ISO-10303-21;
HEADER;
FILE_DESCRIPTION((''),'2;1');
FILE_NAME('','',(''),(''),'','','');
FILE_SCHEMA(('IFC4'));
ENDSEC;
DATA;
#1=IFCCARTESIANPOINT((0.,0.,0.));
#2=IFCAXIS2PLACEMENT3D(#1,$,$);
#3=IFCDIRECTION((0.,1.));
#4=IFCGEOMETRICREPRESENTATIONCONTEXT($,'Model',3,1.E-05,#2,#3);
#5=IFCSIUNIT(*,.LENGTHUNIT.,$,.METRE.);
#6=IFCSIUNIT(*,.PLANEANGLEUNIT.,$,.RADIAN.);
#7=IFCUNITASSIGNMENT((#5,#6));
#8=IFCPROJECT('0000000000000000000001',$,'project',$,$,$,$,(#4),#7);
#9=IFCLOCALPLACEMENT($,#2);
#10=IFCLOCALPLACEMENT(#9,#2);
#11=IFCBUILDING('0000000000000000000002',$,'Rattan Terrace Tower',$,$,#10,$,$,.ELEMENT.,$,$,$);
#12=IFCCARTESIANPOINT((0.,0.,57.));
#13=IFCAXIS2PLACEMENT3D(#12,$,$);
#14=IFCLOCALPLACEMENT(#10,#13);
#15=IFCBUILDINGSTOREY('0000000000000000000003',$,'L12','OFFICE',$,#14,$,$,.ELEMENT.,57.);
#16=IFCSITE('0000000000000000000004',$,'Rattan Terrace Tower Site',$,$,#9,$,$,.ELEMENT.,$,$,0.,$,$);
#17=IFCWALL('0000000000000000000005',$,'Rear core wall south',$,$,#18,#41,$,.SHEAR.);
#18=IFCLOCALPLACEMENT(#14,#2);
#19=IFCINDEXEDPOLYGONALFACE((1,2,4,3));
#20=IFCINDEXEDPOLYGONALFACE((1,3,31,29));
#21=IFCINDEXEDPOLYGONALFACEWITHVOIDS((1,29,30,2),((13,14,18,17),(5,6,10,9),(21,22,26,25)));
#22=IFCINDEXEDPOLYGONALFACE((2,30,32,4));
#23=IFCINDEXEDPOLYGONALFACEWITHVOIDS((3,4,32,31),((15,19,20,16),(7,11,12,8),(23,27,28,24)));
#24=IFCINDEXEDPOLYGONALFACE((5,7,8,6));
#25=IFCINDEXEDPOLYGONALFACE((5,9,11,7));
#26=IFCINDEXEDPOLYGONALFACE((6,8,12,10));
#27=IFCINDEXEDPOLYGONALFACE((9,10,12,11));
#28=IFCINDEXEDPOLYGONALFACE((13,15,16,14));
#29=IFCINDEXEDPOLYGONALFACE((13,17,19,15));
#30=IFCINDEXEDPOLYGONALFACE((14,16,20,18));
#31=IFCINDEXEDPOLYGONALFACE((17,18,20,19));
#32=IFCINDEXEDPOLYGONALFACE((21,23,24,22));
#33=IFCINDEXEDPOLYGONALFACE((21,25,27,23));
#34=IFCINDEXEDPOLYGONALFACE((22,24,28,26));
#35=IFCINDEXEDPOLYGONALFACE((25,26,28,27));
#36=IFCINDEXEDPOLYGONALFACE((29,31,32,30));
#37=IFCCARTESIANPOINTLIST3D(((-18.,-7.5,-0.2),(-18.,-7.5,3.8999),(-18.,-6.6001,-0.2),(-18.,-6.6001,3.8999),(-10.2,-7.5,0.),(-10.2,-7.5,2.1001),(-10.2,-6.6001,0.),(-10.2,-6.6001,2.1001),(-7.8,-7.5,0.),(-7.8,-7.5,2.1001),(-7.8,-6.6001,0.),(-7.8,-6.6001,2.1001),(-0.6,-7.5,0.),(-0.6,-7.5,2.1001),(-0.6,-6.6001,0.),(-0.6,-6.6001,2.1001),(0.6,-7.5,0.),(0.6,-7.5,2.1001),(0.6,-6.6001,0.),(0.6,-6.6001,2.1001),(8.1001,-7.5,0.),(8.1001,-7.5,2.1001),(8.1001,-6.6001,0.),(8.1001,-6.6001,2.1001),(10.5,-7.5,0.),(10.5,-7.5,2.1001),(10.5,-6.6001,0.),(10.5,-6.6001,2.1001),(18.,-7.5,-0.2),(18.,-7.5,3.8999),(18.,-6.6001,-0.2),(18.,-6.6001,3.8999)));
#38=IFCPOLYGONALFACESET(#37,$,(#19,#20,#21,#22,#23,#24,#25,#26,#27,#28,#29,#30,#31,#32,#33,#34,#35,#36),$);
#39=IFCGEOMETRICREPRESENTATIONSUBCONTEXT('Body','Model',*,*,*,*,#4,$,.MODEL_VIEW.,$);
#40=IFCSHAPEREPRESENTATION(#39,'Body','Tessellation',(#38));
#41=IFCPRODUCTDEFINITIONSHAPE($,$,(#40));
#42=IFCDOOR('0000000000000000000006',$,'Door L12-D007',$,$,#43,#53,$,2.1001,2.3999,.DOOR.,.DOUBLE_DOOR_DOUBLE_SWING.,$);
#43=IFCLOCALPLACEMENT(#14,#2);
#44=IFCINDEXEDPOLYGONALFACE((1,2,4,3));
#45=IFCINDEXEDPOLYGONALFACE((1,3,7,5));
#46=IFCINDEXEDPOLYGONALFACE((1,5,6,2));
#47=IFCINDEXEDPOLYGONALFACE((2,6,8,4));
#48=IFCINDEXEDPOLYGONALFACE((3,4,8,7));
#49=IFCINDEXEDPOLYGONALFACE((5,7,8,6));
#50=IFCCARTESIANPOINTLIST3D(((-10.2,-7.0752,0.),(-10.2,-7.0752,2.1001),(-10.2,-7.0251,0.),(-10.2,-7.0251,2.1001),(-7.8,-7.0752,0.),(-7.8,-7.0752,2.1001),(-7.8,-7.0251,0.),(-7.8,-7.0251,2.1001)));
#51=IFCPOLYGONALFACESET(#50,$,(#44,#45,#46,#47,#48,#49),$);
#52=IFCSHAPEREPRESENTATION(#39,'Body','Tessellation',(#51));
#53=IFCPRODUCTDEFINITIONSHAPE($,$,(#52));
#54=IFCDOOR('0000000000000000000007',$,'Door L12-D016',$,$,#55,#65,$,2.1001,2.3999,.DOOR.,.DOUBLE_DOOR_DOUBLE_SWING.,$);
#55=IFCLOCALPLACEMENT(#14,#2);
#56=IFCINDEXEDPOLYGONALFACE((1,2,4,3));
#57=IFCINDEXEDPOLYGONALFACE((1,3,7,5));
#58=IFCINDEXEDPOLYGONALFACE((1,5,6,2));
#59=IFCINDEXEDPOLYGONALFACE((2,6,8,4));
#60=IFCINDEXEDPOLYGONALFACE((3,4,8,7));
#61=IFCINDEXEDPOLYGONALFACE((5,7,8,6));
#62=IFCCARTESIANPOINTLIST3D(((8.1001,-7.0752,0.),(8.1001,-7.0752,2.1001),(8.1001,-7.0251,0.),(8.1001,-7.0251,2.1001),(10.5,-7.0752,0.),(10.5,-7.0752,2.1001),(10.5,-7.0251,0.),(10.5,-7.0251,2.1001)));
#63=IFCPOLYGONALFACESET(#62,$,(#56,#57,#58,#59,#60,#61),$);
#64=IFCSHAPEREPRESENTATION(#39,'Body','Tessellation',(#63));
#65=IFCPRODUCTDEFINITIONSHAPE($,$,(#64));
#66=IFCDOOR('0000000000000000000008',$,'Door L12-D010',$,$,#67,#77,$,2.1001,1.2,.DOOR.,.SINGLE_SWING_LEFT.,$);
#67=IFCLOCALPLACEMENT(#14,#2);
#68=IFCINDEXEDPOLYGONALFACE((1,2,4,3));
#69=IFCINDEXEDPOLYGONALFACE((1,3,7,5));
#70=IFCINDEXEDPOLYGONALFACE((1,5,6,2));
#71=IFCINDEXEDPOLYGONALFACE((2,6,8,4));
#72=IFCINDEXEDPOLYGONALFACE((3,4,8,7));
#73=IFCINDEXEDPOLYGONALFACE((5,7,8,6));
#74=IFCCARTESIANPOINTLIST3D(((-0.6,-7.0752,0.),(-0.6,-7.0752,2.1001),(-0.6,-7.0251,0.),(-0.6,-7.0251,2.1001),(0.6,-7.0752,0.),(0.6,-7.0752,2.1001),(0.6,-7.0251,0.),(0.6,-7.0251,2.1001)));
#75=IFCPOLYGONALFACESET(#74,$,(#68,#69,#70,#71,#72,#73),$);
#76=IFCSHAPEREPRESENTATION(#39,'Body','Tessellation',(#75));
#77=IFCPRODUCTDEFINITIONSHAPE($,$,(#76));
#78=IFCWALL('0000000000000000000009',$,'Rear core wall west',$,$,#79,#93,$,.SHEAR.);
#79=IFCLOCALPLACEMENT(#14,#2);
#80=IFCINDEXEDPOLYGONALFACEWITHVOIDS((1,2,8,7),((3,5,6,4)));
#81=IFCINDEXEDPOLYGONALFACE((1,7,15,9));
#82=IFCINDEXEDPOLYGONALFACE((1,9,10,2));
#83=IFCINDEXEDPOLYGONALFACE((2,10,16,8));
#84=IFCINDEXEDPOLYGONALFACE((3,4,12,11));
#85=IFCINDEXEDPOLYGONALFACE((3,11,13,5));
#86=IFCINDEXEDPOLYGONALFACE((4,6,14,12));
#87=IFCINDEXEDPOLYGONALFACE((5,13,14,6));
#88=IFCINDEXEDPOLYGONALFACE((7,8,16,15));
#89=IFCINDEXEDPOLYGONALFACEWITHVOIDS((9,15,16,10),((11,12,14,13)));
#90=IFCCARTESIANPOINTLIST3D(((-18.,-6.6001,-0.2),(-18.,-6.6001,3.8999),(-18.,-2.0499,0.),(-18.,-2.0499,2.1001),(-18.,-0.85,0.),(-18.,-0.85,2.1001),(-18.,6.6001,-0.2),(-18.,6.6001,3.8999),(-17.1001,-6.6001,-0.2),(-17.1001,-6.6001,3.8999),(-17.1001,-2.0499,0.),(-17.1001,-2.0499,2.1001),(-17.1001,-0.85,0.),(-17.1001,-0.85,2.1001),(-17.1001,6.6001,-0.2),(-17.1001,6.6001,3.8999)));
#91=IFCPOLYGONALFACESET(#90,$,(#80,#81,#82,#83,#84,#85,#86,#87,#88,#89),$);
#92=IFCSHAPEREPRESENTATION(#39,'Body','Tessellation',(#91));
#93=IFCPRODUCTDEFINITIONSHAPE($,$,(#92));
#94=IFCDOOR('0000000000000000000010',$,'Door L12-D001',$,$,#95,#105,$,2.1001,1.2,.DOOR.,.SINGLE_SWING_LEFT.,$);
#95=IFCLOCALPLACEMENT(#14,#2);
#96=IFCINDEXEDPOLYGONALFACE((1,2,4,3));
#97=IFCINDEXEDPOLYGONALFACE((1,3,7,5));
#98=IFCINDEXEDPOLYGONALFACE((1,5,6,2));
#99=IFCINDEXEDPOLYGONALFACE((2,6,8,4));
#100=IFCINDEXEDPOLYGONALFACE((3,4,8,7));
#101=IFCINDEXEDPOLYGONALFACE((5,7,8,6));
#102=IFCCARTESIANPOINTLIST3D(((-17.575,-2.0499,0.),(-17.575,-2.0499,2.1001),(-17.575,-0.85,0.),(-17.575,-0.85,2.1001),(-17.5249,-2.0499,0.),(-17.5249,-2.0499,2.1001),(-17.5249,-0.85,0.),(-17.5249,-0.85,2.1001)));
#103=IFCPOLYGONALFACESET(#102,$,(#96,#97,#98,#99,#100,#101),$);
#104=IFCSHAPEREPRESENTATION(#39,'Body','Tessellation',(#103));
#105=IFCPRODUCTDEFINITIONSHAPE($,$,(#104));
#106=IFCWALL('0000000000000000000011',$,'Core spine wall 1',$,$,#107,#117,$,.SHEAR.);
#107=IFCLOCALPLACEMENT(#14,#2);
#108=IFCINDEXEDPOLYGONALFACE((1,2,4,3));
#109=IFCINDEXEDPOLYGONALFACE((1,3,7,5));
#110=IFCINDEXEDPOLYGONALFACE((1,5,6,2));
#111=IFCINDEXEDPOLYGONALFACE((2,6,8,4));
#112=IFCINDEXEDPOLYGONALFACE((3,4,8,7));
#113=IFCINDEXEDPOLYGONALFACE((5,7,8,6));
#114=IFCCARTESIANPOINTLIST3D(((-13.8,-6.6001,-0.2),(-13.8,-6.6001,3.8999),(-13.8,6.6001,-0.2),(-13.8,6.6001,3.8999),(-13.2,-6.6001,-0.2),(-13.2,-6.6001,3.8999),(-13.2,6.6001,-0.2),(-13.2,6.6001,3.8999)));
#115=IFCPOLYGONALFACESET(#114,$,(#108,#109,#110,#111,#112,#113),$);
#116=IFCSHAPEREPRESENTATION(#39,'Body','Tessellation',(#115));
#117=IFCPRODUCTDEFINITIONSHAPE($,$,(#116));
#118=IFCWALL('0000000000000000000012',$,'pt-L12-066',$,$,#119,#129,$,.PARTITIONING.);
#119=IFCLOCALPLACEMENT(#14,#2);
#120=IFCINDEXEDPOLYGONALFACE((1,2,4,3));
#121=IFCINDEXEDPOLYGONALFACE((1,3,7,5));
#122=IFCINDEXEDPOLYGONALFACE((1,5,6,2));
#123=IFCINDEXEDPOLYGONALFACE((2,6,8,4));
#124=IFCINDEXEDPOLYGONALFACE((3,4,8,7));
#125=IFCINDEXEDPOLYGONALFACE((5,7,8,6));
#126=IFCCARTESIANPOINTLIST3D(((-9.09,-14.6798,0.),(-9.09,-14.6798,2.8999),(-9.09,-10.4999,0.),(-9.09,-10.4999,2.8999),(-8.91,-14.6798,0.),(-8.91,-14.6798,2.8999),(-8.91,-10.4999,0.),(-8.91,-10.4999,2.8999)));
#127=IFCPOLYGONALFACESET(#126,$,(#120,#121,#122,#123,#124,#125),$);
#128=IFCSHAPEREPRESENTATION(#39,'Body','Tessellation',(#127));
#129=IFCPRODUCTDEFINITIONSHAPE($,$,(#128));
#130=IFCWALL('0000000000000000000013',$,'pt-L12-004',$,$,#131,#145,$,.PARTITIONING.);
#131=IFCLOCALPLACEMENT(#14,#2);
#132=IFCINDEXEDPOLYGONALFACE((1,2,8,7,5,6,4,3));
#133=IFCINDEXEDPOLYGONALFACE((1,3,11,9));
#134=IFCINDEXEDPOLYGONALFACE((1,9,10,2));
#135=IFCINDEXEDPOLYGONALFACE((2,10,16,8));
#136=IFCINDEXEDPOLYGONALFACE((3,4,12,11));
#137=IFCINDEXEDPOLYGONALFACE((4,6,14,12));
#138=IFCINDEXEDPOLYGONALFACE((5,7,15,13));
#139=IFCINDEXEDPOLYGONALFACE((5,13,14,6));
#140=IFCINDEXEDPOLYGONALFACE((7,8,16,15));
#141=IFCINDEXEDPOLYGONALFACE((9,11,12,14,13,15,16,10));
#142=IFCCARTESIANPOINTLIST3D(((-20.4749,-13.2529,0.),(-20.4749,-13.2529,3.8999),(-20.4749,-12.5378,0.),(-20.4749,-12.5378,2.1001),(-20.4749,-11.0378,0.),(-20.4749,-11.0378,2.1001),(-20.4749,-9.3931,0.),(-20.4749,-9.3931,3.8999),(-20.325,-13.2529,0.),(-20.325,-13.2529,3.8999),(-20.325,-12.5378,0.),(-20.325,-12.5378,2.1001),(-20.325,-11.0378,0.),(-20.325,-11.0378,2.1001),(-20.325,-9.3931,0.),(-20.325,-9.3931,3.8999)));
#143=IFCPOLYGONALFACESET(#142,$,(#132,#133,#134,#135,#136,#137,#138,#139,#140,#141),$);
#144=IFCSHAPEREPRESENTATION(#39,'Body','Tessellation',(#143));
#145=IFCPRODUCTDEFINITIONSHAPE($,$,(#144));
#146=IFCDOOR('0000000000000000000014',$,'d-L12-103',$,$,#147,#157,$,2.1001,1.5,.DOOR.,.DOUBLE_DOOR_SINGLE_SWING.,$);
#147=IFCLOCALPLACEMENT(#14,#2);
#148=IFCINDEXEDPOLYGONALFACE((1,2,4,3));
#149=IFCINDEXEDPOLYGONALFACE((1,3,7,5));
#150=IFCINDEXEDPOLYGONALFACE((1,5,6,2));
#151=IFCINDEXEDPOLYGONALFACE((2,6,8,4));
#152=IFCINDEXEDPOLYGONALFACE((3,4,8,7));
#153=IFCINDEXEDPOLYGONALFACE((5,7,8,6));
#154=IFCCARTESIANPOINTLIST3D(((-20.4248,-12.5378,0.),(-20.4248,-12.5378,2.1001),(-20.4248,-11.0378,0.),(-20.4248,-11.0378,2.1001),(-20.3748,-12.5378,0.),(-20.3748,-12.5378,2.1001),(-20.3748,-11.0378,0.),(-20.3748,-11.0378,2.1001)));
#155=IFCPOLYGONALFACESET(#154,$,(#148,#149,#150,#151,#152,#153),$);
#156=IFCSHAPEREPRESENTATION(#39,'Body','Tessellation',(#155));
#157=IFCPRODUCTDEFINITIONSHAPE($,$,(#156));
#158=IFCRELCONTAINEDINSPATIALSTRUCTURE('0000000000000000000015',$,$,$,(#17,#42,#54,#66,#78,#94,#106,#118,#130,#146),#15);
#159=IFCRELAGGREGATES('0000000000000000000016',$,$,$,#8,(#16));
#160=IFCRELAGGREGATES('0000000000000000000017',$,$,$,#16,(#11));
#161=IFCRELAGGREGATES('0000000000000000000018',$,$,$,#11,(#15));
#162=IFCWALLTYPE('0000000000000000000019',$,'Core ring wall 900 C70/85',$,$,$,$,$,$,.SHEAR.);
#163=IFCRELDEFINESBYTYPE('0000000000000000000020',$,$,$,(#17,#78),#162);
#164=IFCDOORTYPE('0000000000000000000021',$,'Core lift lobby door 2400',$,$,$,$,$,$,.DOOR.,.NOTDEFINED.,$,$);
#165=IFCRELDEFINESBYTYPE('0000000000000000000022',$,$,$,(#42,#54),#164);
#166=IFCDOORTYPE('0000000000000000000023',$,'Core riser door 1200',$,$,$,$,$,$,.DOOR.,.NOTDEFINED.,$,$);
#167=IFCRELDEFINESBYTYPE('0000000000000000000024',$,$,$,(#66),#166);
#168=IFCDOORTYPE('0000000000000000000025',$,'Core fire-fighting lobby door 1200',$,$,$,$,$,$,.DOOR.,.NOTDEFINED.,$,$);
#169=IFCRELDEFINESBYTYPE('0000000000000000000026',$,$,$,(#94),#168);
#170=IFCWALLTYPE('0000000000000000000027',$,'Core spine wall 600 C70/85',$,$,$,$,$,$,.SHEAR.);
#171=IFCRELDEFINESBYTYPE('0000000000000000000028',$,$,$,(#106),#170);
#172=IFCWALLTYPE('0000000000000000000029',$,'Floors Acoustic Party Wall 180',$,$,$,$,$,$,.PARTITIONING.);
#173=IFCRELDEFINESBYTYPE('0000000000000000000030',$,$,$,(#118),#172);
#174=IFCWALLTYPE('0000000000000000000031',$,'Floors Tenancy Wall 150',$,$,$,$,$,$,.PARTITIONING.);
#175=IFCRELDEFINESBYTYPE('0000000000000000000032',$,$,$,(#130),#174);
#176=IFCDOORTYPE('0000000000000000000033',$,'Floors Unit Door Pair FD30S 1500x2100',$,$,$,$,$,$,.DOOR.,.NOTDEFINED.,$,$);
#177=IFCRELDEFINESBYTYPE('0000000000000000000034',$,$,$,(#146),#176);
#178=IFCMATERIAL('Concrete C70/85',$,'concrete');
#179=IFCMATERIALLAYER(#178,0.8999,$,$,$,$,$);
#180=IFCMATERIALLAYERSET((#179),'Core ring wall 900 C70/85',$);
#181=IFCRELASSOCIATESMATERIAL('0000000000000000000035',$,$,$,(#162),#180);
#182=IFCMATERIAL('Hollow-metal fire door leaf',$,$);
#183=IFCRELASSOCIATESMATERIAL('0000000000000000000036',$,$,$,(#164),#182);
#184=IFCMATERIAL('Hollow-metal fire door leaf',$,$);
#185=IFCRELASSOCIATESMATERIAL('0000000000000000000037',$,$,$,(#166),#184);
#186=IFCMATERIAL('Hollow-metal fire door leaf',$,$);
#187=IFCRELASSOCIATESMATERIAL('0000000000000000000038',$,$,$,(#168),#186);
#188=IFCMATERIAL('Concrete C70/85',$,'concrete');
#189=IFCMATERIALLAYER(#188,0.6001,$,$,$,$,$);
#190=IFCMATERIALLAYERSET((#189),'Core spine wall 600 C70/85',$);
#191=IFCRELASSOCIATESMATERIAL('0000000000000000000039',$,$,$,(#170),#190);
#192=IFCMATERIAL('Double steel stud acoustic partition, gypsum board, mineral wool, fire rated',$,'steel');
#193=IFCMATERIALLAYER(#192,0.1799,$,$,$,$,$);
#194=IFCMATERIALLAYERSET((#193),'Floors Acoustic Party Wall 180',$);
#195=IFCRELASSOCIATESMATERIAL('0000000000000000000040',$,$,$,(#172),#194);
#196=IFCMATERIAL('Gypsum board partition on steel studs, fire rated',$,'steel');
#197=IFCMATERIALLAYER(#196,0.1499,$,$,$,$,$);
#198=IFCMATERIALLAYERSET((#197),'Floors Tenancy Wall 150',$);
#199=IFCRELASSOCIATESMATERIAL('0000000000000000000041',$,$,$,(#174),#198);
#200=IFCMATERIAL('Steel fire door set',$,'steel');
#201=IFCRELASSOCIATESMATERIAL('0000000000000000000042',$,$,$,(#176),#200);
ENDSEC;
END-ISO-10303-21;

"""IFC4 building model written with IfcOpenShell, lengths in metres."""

from ifc_helpers import new_model, si_unit, direction, frame, frame_2d, origin, place, context, subcontext, project, spatial, rectangle, extrude, material, layer, layer_set, type_object, element, fill, save


model = new_model("IFC4")

# Units and contexts
model_context = context("Model", 3, precision=1e-05, world=origin(), true_north=direction((0.0, 1.0)))
body_context = subcontext(model_context, "Body", "Model", "MODEL_VIEW")
ifc_project = project(units=[si_unit("LENGTHUNIT", "METRE"), si_unit("PLANEANGLEUNIT", "RADIAN")], contexts=[model_context])

# Site, building, storey
site_placement = place(None, origin())
site = spatial("IfcSite", under=ifc_project, at=site_placement, Name="Rattan Terrace Tower Site", CompositionType="ELEMENT", RefElevation=0.0)
building_placement = place(site_placement, origin())
building = spatial("IfcBuilding", under=site, at=building_placement, Name="Rattan Terrace Tower", CompositionType="ELEMENT")
storey_placement = place(building_placement, frame((0.0, 0.0, 57.0)))
storey = spatial("IfcBuildingStorey", under=building, at=storey_placement, Name="L12", Description="OFFICE", CompositionType="ELEMENT", Elevation=57.0)

# Wall, openings, doors
ifc_material_1 = material(Name="Concrete C70/85", Category="concrete")
ifc_layer_1 = layer(ifc_material_1, 0.8999)
ifc_layer_set_1 = layer_set([ifc_layer_1], Name="Core ring wall 900 C70/85")
wall_type_1 = type_object("IfcWallType", Name="Core ring wall 900 C70/85", PredefinedType="SHEAR", material=ifc_layer_set_1)
wall_1_placement = place(storey_placement, frame((-18.0, -7.05, -0.2), z_axis=(0.0, 0.0, 1.0), x_axis=(1.0, 0.0, 0.0)))
wall_1 = element("IfcWall", 1, at=wall_1_placement, inside=storey, type_object=wall_type_1, Name="Rear core wall south", PredefinedType="SHEAR", context=body_context, shape_type="SweptSolid", body=[
    extrude(rectangle(XDim=36.0, YDim=0.8999, at=frame_2d((18.0, 0.0))), origin(), (0.0, 0.0, 1.0), 4.0999),
])
opening_1_placement = place(wall_1_placement, frame((7.8, 0.0, 0.2)))
opening_1 = element("IfcOpeningElement", 2, at=opening_1_placement, cuts=wall_1, PredefinedType="OPENING", context=body_context, shape_type="SweptSolid", body=[
    extrude(rectangle(XDim=2.3999, YDim=2.1001, at=frame_2d((1.2, 1.05))), frame((0.0, 0.4604, 0.0), z_axis=(0.0, -1.0, 0.0), x_axis=(1.0, 0.0, 0.0)), (0.0, 0.0, 1.0), 0.9209),
])
opening_2_placement = place(wall_1_placement, frame((17.3999, 0.0, 0.2)))
opening_2 = element("IfcOpeningElement", 3, at=opening_2_placement, cuts=wall_1, PredefinedType="OPENING", context=body_context, shape_type="SweptSolid", body=[
    extrude(rectangle(XDim=1.2, YDim=2.1001, at=frame_2d((0.6001, 1.05))), frame((0.0, 0.4604, 0.0), z_axis=(0.0, -1.0, 0.0), x_axis=(1.0, 0.0, 0.0)), (0.0, 0.0, 1.0), 0.9209),
])
opening_3_placement = place(wall_1_placement, frame((26.1001, 0.0, 0.2)))
opening_3 = element("IfcOpeningElement", 4, at=opening_3_placement, cuts=wall_1, PredefinedType="OPENING", context=body_context, shape_type="SweptSolid", body=[
    extrude(rectangle(XDim=2.3999, YDim=2.1001, at=frame_2d((1.2, 1.05))), frame((0.0, 0.4604, 0.0), z_axis=(0.0, -1.0, 0.0), x_axis=(1.0, 0.0, 0.0)), (0.0, 0.0, 1.0), 0.9209),
])
ifc_material_2 = material(Name="Hollow-metal fire door leaf")
door_type_1 = type_object("IfcDoorType", Name="Core lift lobby door 2400", OperationType="NOTDEFINED", PredefinedType="DOOR", material=ifc_material_2)
door_1_placement = place(opening_1_placement, origin())
door_1 = element("IfcDoor", 5, at=door_1_placement, inside=storey, type_object=door_type_1, Name="Door L12-D007", OperationType="DOUBLE_DOOR_DOUBLE_SWING", OverallHeight=2.1001, OverallWidth=2.3999, PredefinedType="DOOR", context=body_context, shape_type="SweptSolid", body=[
    extrude(rectangle(XDim=2.3999, YDim=2.1001, at=frame_2d((1.2, 1.05))), frame((0.0, 0.0249, 0.0), z_axis=(0.0, -1.0, 0.0), x_axis=(1.0, 0.0, 0.0)), (0.0, 0.0, 1.0), 0.05),
])
fill(opening_1, door_1)
door_2_placement = place(opening_3_placement, origin())
door_2 = element("IfcDoor", 6, at=door_2_placement, inside=storey, type_object=door_type_1, Name="Door L12-D016", OperationType="DOUBLE_DOOR_DOUBLE_SWING", OverallHeight=2.1001, OverallWidth=2.3999, PredefinedType="DOOR", context=body_context, shape_type="SweptSolid", body=[
    extrude(rectangle(XDim=2.3999, YDim=2.1001, at=frame_2d((1.2, 1.05))), frame((0.0, 0.0249, 0.0), z_axis=(0.0, -1.0, 0.0), x_axis=(1.0, 0.0, 0.0)), (0.0, 0.0, 1.0), 0.05),
])
fill(opening_3, door_2)
ifc_material_3 = material(Name="Hollow-metal fire door leaf")
door_type_2 = type_object("IfcDoorType", Name="Core riser door 1200", OperationType="NOTDEFINED", PredefinedType="DOOR", material=ifc_material_3)
door_3_placement = place(opening_2_placement, origin())
door_3 = element("IfcDoor", 7, at=door_3_placement, inside=storey, type_object=door_type_2, Name="Door L12-D010", OperationType="SINGLE_SWING_LEFT", OverallHeight=2.1001, OverallWidth=1.2, PredefinedType="DOOR", context=body_context, shape_type="SweptSolid", body=[
    extrude(rectangle(XDim=1.2, YDim=2.1001, at=frame_2d((0.6001, 1.05))), frame((0.0, 0.0249, 0.0), z_axis=(0.0, -1.0, 0.0), x_axis=(1.0, 0.0, 0.0)), (0.0, 0.0, 1.0), 0.05),
])
fill(opening_2, door_3)

# Wall, opening, door
wall_2_placement = place(storey_placement, frame((-17.55, -6.6001, -0.2), z_axis=(0.0, 0.0, 1.0), x_axis=(0.0, 1.0, 0.0)))
wall_2 = element("IfcWall", 8, at=wall_2_placement, inside=storey, type_object=wall_type_1, Name="Rear core wall west", PredefinedType="SHEAR", context=body_context, shape_type="SweptSolid", body=[
    extrude(rectangle(XDim=13.2002, YDim=0.8999, at=frame_2d((6.6001, 0.0))), origin(), (0.0, 0.0, 1.0), 4.0999),
])
opening_4_placement = place(wall_2_placement, frame((4.55, 0.0, 0.2)))
opening_4 = element("IfcOpeningElement", 9, at=opening_4_placement, cuts=wall_2, PredefinedType="OPENING", context=body_context, shape_type="SweptSolid", body=[
    extrude(rectangle(XDim=1.2, YDim=2.1001, at=frame_2d((0.6001, 1.05))), frame((0.0, 0.4604, 0.0), z_axis=(0.0, -1.0, 0.0), x_axis=(1.0, 0.0, 0.0)), (0.0, 0.0, 1.0), 0.9209),
])
ifc_material_4 = material(Name="Hollow-metal fire door leaf")
door_type_3 = type_object("IfcDoorType", Name="Core fire-fighting lobby door 1200", OperationType="NOTDEFINED", PredefinedType="DOOR", material=ifc_material_4)
door_4_placement = place(opening_4_placement, origin())
door_4 = element("IfcDoor", 10, at=door_4_placement, inside=storey, type_object=door_type_3, Name="Door L12-D001", OperationType="SINGLE_SWING_LEFT", OverallHeight=2.1001, OverallWidth=1.2, PredefinedType="DOOR", context=body_context, shape_type="SweptSolid", body=[
    extrude(rectangle(XDim=1.2, YDim=2.1001, at=frame_2d((0.6001, 1.05))), frame((0.0, 0.0249, 0.0), z_axis=(0.0, -1.0, 0.0), x_axis=(1.0, 0.0, 0.0)), (0.0, 0.0, 1.0), 0.05),
])
fill(opening_4, door_4)

# Walls
ifc_material_5 = material(Name="Concrete C70/85", Category="concrete")
ifc_layer_2 = layer(ifc_material_5, 0.6001)
ifc_layer_set_2 = layer_set([ifc_layer_2], Name="Core spine wall 600 C70/85")
wall_type_2 = type_object("IfcWallType", Name="Core spine wall 600 C70/85", PredefinedType="SHEAR", material=ifc_layer_set_2)
wall_3_placement = place(storey_placement, frame((-13.5, -6.6001, -0.2), z_axis=(0.0, 0.0, 1.0), x_axis=(0.0, 1.0, 0.0)))
element("IfcWall", 11, at=wall_3_placement, inside=storey, type_object=wall_type_2, Name="Core spine wall 1", PredefinedType="SHEAR", context=body_context, shape_type="SweptSolid", body=[
    extrude(rectangle(XDim=13.2002, YDim=0.6001, at=frame_2d((6.6001, 0.0))), origin(), (0.0, 0.0, 1.0), 4.0999),
])
ifc_material_6 = material(Name="Double steel stud acoustic partition, gypsum board, mineral wool, fire rated", Category="steel")
ifc_layer_3 = layer(ifc_material_6, 0.1799)
ifc_layer_set_3 = layer_set([ifc_layer_3], Name="Floors Acoustic Party Wall 180")
wall_type_3 = type_object("IfcWallType", Name="Floors Acoustic Party Wall 180", PredefinedType="PARTITIONING", material=ifc_layer_set_3)
wall_4_placement = place(storey_placement, frame((-9.0, -10.5, 0.0), z_axis=(0.0, 0.0, 1.0), x_axis=(0.0, -1.0, 0.0)))
element("IfcWall", 12, at=wall_4_placement, inside=storey, type_object=wall_type_3, Name="pt-L12-066", PredefinedType="PARTITIONING", context=body_context, shape_type="SweptSolid", body=[
    extrude(rectangle(XDim=4.1799, YDim=0.1799, at=frame_2d((2.0898, 0.0))), origin(), (0.0, 0.0, 1.0), 2.8999),
])

# Wall, opening, door
ifc_material_7 = material(Name="Gypsum board partition on steel studs, fire rated", Category="steel")
ifc_layer_4 = layer(ifc_material_7, 0.1499)
ifc_layer_set_4 = layer_set([ifc_layer_4], Name="Floors Tenancy Wall 150")
wall_type_4 = type_object("IfcWallType", Name="Floors Tenancy Wall 150", PredefinedType="PARTITIONING", material=ifc_layer_set_4)
wall_5_placement = place(storey_placement, frame((-20.3999, -13.2529, 0.0), z_axis=(0.0, 0.0, 1.0), x_axis=(0.0, 1.0, 0.0)))
wall_5 = element("IfcWall", 13, at=wall_5_placement, inside=storey, type_object=wall_type_4, Name="pt-L12-004", PredefinedType="PARTITIONING", context=body_context, shape_type="SweptSolid", body=[
    extrude(rectangle(XDim=3.8599, YDim=0.1499, at=frame_2d((1.9299, 0.0))), origin(), (0.0, 0.0, 1.0), 3.8999),
])
opening_5_placement = place(wall_5_placement, frame((0.7151, 0.0, 0.0)))
opening_5 = element("IfcOpeningElement", 14, at=opening_5_placement, cuts=wall_5, PredefinedType="OPENING", context=body_context, shape_type="SweptSolid", body=[
    extrude(rectangle(XDim=1.5, YDim=2.1001, at=frame_2d((0.75, 1.05))), frame((0.0, 0.0854, 0.0), z_axis=(0.0, -1.0, 0.0), x_axis=(1.0, 0.0, 0.0)), (0.0, 0.0, 1.0), 0.1709),
])
ifc_material_8 = material(Name="Steel fire door set", Category="steel")
door_type_4 = type_object("IfcDoorType", Name="Floors Unit Door Pair FD30S 1500x2100", OperationType="NOTDEFINED", PredefinedType="DOOR", material=ifc_material_8)
door_5_placement = place(opening_5_placement, origin())
door_5 = element("IfcDoor", 15, at=door_5_placement, inside=storey, type_object=door_type_4, Name="d-L12-103", OperationType="DOUBLE_DOOR_SINGLE_SWING", OverallHeight=2.1001, OverallWidth=1.5, PredefinedType="DOOR", context=body_context, shape_type="SweptSolid", body=[
    extrude(rectangle(XDim=1.5, YDim=2.1001, at=frame_2d((0.75, 1.05))), frame((0.0, 0.0249, 0.0), z_axis=(0.0, -1.0, 0.0), x_axis=(1.0, 0.0, 0.0)), (0.0, 0.0, 1.0), 0.05),
])
fill(opening_5, door_5)

save(model, "model.ifc")
